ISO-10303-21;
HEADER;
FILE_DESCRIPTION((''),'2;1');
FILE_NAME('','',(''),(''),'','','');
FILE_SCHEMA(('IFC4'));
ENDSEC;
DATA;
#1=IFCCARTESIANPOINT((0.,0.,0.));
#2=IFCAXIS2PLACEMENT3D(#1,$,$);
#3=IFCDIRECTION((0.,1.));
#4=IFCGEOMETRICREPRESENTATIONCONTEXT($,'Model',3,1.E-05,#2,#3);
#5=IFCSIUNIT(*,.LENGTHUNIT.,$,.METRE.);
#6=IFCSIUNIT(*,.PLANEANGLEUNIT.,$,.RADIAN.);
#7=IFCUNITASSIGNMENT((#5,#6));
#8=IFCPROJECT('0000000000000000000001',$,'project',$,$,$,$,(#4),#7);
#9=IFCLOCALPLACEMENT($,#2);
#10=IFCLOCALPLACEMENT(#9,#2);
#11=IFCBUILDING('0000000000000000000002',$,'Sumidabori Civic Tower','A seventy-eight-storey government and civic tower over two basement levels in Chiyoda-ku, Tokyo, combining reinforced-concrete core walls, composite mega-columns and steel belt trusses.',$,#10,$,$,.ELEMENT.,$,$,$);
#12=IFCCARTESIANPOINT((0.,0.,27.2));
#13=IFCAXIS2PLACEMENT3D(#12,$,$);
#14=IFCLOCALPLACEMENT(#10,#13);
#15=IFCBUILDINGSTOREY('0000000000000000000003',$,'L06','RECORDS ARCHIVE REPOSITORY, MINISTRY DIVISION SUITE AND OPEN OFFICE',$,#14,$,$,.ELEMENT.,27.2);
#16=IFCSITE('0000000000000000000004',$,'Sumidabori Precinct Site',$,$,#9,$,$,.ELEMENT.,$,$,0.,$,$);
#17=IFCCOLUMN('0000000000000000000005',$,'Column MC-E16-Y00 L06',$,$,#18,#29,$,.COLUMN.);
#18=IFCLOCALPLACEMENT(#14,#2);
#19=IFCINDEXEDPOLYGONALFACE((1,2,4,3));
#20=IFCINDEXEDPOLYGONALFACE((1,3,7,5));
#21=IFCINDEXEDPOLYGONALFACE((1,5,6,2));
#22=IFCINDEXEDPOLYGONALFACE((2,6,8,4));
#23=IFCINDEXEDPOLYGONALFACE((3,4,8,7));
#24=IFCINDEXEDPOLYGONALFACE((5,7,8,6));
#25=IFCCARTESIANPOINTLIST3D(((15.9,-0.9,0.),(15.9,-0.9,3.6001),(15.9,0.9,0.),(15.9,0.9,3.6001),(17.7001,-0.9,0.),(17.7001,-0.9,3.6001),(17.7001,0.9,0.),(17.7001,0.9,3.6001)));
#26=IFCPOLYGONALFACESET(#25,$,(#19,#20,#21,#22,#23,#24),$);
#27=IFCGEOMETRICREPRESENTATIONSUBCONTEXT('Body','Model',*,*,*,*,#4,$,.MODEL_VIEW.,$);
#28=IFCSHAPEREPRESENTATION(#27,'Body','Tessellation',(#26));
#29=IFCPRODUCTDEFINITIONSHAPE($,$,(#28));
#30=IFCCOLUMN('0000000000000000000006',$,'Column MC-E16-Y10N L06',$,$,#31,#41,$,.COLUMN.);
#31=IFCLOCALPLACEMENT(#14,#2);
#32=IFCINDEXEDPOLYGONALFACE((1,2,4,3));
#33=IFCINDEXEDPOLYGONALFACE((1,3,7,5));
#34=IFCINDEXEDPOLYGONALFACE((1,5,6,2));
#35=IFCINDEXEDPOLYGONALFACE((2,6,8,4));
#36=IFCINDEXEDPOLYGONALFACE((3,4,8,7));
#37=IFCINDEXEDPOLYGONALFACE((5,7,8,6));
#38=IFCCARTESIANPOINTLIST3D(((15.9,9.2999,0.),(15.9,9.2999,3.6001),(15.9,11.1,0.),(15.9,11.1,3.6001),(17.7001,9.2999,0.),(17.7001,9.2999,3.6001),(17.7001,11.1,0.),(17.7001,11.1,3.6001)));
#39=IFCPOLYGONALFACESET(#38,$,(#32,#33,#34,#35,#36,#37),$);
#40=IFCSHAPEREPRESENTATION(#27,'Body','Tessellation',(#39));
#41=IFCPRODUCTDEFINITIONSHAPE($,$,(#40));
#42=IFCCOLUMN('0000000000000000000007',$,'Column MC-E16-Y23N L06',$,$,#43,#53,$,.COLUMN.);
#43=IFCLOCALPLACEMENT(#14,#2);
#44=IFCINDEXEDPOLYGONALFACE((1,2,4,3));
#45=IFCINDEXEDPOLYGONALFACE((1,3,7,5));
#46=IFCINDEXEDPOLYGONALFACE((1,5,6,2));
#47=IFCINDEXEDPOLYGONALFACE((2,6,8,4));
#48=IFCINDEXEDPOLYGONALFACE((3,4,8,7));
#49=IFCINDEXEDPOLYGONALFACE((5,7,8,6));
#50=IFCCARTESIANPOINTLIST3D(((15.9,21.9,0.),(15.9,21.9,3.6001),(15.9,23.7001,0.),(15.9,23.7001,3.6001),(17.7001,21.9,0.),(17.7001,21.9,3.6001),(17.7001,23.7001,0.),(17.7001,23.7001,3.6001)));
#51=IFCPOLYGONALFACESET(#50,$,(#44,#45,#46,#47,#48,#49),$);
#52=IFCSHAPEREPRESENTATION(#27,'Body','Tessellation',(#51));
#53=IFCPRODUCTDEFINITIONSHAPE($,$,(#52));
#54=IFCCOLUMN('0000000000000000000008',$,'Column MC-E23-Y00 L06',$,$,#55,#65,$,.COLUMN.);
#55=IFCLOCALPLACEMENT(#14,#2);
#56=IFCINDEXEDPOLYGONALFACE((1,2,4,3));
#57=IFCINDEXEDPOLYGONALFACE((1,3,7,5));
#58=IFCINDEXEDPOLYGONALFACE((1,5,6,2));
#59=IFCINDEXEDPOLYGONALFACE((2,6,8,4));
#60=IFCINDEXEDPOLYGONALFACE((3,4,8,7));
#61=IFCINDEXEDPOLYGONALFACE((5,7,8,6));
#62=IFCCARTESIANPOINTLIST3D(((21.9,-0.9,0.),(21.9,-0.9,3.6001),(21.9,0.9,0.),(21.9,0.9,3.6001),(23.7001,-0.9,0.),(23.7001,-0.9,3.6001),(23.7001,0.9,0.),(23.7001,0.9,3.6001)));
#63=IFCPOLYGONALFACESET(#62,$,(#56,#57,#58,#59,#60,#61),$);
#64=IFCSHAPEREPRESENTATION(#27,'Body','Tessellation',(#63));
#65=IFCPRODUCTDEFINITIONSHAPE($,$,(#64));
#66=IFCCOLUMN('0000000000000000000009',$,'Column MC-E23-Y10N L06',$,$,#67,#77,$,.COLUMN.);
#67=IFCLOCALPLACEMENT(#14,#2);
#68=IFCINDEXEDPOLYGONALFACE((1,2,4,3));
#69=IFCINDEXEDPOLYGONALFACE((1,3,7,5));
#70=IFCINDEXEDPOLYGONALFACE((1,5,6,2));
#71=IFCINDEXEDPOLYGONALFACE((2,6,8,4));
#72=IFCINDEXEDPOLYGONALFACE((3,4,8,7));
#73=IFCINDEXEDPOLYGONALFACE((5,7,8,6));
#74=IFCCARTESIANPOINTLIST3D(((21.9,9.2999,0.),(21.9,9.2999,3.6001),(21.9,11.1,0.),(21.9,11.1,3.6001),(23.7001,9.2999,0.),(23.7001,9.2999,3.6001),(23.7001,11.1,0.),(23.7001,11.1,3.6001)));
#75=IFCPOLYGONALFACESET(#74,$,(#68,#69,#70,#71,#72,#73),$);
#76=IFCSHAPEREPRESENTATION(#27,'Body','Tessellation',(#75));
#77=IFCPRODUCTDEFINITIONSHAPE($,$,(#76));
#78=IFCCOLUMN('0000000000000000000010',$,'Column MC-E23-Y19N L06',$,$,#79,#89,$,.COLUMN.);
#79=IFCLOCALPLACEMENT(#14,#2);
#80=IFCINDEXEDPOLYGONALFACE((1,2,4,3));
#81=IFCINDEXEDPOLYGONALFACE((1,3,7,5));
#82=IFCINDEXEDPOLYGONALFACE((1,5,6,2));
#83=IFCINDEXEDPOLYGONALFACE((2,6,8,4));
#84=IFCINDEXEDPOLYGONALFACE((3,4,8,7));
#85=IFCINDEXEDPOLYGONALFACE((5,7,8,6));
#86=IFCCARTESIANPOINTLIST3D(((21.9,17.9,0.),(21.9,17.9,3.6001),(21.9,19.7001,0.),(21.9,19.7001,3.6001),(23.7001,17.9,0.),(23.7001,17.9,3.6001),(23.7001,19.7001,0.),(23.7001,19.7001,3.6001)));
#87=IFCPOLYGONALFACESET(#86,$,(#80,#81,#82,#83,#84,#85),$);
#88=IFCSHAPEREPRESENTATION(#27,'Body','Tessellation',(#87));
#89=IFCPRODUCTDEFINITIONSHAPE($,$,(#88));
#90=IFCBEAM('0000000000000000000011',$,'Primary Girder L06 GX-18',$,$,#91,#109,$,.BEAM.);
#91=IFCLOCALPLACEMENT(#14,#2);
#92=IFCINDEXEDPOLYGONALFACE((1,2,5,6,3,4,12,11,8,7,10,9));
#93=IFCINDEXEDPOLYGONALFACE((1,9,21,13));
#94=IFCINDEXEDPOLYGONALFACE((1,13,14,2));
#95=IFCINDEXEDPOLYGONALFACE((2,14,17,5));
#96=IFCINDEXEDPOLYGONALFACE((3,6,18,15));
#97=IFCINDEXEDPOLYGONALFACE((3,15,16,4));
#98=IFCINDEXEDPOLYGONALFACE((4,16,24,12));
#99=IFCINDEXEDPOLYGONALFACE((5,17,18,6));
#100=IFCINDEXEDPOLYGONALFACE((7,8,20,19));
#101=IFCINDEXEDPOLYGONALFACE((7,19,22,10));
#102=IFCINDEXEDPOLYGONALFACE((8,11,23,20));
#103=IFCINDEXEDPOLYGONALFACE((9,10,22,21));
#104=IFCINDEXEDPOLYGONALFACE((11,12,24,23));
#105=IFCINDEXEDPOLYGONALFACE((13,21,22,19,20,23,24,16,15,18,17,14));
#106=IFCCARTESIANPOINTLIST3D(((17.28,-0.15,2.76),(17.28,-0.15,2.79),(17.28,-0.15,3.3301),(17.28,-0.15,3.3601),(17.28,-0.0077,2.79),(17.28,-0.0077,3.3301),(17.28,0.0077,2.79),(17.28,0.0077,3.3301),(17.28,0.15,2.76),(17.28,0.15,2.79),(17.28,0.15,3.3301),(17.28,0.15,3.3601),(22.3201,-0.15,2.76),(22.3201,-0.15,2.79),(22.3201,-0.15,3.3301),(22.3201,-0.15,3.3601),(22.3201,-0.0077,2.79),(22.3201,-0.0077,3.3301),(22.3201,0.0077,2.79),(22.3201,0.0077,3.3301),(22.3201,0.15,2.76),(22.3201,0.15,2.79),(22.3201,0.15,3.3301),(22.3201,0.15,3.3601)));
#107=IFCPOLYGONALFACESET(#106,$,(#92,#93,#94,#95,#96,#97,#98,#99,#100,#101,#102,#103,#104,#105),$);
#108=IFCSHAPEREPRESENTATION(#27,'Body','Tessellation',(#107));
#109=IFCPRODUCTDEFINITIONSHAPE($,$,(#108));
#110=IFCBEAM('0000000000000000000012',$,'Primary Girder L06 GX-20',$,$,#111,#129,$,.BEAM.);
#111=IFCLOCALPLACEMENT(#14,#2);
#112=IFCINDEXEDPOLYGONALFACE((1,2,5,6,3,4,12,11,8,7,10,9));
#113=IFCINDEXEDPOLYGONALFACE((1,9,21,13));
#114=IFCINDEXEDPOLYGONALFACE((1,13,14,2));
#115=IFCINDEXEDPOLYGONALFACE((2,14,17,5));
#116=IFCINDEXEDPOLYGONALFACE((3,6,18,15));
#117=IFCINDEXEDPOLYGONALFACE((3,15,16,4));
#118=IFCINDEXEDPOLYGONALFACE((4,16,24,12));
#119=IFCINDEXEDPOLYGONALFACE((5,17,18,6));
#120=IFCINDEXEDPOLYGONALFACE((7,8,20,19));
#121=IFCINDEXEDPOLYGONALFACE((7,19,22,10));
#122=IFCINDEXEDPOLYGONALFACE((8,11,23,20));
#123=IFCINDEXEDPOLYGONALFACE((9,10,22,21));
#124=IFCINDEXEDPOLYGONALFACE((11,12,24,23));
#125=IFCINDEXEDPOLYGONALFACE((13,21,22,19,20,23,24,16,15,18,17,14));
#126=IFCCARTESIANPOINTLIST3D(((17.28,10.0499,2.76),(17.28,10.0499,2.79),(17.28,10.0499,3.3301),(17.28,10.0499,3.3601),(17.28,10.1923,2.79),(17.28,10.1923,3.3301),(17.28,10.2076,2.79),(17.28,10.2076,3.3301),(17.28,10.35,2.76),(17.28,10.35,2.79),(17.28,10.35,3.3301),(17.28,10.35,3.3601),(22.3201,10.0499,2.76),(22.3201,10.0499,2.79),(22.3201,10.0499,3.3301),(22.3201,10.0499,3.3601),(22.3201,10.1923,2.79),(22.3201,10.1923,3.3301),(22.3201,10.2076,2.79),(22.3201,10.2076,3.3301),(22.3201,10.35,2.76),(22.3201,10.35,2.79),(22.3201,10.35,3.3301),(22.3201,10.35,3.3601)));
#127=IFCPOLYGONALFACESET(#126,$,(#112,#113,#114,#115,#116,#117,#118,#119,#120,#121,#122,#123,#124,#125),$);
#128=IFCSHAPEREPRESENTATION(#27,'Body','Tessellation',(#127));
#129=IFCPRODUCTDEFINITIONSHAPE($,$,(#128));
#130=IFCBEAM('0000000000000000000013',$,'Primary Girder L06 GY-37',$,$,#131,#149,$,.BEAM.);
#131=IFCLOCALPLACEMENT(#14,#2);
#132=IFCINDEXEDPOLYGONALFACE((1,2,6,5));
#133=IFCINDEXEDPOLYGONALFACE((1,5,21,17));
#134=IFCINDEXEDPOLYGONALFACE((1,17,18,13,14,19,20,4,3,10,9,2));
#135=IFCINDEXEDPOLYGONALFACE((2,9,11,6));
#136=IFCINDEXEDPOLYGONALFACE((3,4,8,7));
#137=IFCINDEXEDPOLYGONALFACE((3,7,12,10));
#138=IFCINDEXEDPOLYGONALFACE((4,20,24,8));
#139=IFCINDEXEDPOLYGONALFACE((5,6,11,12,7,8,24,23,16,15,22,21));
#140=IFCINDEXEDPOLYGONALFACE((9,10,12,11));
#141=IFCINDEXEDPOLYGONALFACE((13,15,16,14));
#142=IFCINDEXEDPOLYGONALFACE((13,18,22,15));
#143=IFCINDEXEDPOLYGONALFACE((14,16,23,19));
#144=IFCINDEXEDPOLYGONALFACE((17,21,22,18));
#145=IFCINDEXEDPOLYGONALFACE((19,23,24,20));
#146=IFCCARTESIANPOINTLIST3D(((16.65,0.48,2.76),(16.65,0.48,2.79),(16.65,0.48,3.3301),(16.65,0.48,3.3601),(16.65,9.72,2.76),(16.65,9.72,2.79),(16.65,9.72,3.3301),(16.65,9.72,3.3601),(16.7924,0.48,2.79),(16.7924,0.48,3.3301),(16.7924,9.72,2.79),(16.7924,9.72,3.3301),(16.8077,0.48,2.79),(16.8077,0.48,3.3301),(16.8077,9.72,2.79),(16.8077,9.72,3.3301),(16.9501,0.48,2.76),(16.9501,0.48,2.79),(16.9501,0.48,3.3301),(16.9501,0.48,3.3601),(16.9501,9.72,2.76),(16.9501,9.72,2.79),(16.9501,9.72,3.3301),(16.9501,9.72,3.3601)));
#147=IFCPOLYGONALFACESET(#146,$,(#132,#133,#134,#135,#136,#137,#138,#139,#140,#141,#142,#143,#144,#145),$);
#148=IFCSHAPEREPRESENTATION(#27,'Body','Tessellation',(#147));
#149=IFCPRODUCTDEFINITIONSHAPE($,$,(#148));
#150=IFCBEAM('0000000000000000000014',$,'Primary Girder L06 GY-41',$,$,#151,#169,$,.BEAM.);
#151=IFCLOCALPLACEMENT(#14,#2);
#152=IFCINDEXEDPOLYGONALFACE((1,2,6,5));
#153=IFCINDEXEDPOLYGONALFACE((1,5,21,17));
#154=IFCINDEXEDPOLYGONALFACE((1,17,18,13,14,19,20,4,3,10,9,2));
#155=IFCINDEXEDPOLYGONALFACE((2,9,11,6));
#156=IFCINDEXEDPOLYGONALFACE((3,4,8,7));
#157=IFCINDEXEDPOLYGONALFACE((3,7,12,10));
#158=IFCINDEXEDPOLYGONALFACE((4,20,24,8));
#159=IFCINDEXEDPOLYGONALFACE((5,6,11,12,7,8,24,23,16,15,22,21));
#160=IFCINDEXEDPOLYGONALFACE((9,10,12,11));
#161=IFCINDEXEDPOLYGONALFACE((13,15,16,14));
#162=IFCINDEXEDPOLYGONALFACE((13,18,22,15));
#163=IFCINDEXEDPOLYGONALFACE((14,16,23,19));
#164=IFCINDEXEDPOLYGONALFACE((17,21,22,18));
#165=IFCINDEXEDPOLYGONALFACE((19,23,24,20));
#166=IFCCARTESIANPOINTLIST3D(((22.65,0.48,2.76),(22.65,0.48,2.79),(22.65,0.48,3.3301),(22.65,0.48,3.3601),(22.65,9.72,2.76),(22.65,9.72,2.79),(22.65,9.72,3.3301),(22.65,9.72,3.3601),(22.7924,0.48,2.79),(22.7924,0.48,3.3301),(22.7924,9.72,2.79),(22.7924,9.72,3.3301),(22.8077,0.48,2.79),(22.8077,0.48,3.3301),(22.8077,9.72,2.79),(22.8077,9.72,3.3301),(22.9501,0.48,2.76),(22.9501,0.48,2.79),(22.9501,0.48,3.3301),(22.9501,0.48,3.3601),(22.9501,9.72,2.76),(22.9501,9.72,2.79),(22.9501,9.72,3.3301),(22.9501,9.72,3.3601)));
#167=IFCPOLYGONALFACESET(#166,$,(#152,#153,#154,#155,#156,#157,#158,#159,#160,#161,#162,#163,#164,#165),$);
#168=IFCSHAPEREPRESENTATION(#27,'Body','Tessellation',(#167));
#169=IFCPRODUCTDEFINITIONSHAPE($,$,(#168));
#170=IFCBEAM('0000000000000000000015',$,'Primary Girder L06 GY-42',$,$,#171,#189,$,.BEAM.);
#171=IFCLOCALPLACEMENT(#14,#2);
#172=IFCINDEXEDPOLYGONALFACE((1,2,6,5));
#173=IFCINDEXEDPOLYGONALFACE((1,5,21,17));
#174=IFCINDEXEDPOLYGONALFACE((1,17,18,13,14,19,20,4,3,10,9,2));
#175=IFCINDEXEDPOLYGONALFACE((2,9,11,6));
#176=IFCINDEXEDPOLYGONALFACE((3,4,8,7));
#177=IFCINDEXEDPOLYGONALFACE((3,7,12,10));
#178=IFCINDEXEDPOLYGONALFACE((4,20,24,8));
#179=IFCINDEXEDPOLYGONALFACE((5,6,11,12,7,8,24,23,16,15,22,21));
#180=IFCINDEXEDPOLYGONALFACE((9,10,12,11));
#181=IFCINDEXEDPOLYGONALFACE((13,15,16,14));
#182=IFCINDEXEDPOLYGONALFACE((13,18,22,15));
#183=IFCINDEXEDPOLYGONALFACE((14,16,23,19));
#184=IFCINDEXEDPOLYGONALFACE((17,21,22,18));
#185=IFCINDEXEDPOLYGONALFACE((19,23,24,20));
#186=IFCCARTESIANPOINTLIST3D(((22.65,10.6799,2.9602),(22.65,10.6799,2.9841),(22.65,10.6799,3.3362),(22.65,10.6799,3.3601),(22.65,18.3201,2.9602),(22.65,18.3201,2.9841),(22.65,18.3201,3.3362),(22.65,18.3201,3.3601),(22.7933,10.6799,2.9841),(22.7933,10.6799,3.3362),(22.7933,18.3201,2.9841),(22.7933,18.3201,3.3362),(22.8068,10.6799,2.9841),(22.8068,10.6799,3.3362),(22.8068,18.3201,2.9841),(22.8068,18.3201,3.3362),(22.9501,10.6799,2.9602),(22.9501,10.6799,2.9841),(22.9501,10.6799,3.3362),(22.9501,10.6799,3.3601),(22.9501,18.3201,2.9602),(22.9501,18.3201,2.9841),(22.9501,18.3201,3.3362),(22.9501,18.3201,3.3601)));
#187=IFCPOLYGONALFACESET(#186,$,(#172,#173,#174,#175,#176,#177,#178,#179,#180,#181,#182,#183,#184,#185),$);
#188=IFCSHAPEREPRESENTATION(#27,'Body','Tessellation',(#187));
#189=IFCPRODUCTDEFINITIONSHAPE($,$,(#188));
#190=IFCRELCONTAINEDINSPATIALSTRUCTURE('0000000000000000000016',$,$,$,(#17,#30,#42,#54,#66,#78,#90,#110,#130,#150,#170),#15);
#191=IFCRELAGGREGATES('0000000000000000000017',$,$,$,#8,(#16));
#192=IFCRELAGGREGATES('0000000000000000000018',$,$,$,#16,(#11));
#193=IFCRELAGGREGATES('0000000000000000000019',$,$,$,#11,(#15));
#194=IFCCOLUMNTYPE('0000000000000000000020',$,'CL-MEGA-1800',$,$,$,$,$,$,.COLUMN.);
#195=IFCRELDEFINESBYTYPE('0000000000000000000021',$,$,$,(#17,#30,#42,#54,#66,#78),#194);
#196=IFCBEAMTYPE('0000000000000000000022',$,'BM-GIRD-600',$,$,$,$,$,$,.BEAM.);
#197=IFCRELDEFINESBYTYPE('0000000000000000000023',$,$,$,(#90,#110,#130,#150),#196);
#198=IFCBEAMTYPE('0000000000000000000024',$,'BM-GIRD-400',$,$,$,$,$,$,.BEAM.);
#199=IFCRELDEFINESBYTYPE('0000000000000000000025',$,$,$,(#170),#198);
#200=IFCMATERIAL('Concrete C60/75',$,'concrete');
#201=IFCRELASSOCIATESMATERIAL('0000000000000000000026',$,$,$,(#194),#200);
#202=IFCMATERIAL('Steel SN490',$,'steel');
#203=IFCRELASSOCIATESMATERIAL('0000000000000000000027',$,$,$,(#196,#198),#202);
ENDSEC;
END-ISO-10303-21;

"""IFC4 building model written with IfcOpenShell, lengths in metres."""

from ifc_helpers import new_model, si_unit, direction, frame, origin, origin_2d, place, context, subcontext, project, spatial, rectangle, i_section, extrude, source, transform, mapped, material, material_profile, profile_set, type_object, element, save


model = new_model("IFC4")

# Units and contexts
model_context = context("Model", 3, precision=1e-05, world=origin(), true_north=direction((0.0, 1.0)))
body_context = subcontext(model_context, "Body", "Model", "MODEL_VIEW")
ifc_project = project(units=[si_unit("LENGTHUNIT", "METRE"), si_unit("PLANEANGLEUNIT", "RADIAN")], contexts=[model_context])

# Site, building, storey
site_placement = place(None, origin())
site = spatial("IfcSite", under=ifc_project, at=site_placement, Name="Sumidabori Precinct Site", CompositionType="ELEMENT", RefElevation=0.0)
building_placement = place(site_placement, origin())
building = spatial("IfcBuilding", under=site, at=building_placement, Name="Sumidabori Civic Tower", Description="A seventy-eight-storey government and civic tower over two basement levels in Chiyoda-ku, Tokyo, combining reinforced-concrete core walls, composite mega-columns and steel belt trusses.", CompositionType="ELEMENT")
storey_placement = place(building_placement, frame((0.0, 0.0, 27.2)))
storey = spatial("IfcBuildingStorey", under=building, at=storey_placement, Name="L06", Description="RECORDS ARCHIVE REPOSITORY, MINISTRY DIVISION SUITE AND OPEN OFFICE", CompositionType="ELEMENT", Elevation=27.2)

# Columns
ifc_material_1 = material(Name="Concrete C60/75", Category="concrete")
ifc_material_profile_1 = material_profile(ifc_material_1, rectangle(XDim=1.8, YDim=1.8, at=origin_2d()), Name="RC 1800x1800")
ifc_profile_set_1 = profile_set([ifc_material_profile_1], Name="Concrete C60/75")
column_type = type_object("IfcColumnType", Name="CL-MEGA-1800", PredefinedType="COLUMN", material=ifc_profile_set_1)
shared_shape_1 = source(origin(), body_context, "Body", "SweptSolid", [
    extrude(rectangle(XDim=1.8, YDim=1.8, at=origin_2d()), origin(), (0.0, 0.0, 1.0), 3.6001),
])
for number, where, z_axis, x_axis, name in (
    (1, (16.8, 0.0, 0.0), (0.0, 0.0, 1.0), (1.0, 0.0, 0.0), "Column MC-E16-Y00 L06"),
    (2, (16.8, 10.2, 0.0), (0.0, 0.0, 1.0), (1.0, 0.0, 0.0), "Column MC-E16-Y10N L06"),
    (3, (16.8, 22.8, 0.0), (0.0, 0.0, 1.0), (1.0, 0.0, 0.0), "Column MC-E16-Y23N L06"),
    (4, (22.8, 0.0, 0.0), (0.0, 0.0, 1.0), (1.0, 0.0, 0.0), "Column MC-E23-Y00 L06"),
    (5, (22.8, 10.2, 0.0), (0.0, 0.0, 1.0), (1.0, 0.0, 0.0), "Column MC-E23-Y10N L06"),
    (6, (22.8, 18.8, 0.0), (0.0, 0.0, 1.0), (1.0, 0.0, 0.0), "Column MC-E23-Y19N L06"),
):
    element("IfcColumn", number, at=place(storey_placement, frame(where, z_axis=z_axis, x_axis=x_axis)), inside=storey, type_object=column_type, Name=name, PredefinedType="COLUMN", context=body_context, shape_type="MappedRepresentation", body=[
        mapped(shared_shape_1, transform((0.0, 0.0, 0.0), x_axis=(1.0, 0.0, 0.0), y_axis=(0.0, 1.0, 0.0), z_axis=(0.0, 0.0, 1.0), scale=1.0)),
    ])

# Beams
ifc_material_2 = material(Name="Steel SN490", Category="steel")
ifc_material_profile_2 = material_profile(ifc_material_2, i_section(OverallWidth=0.3, OverallDepth=0.6001, WebThickness=0.0154, FlangeThickness=0.03, at=origin_2d()), Name="HE 600 B")
ifc_profile_set_2 = profile_set([ifc_material_profile_2], Name="Steel SN490")
beam_type_1 = type_object("IfcBeamType", Name="BM-GIRD-600", PredefinedType="BEAM", material=ifc_profile_set_2)
shared_shape_2 = source(origin(), body_context, "Body", "SweptSolid", [
    extrude(i_section(OverallWidth=0.3, OverallDepth=0.6001, WebThickness=0.0154, FlangeThickness=0.03, at=origin_2d()), origin(), (0.0, 0.0, 1.0), 5.04),
])
for number, where, z_axis, x_axis, name in (
    (7, (17.28, 0.0, 3.0601), (1.0, 0.0, 0.0), (0.0, 1.0, 0.0), "Primary Girder L06 GX-18"),
    (8, (17.28, 10.2, 3.0601), (1.0, 0.0, 0.0), (0.0, 1.0, 0.0), "Primary Girder L06 GX-20"),
):
    element("IfcBeam", number, at=place(storey_placement, frame(where, z_axis=z_axis, x_axis=x_axis)), inside=storey, type_object=beam_type_1, Name=name, PredefinedType="BEAM", context=body_context, shape_type="MappedRepresentation", body=[
        mapped(shared_shape_2, transform((0.0, 0.0, 0.0), x_axis=(1.0, 0.0, 0.0), y_axis=(0.0, 1.0, 0.0), z_axis=(0.0, 0.0, 1.0), scale=1.0)),
    ])
shared_shape_3 = source(origin(), body_context, "Body", "SweptSolid", [
    extrude(i_section(OverallWidth=0.3, OverallDepth=0.6001, WebThickness=0.0154, FlangeThickness=0.03, at=origin_2d()), origin(), (0.0, 0.0, 1.0), 9.24),
])
for number, where, z_axis, x_axis, name in (
    (9, (16.8, 0.48, 3.0601), (0.0, 1.0, 0.0), (-1.0, 0.0, 0.0), "Primary Girder L06 GY-37"),
    (10, (22.8, 0.48, 3.0601), (0.0, 1.0, 0.0), (-1.0, 0.0, 0.0), "Primary Girder L06 GY-41"),
):
    element("IfcBeam", number, at=place(storey_placement, frame(where, z_axis=z_axis, x_axis=x_axis)), inside=storey, type_object=beam_type_1, Name=name, PredefinedType="BEAM", context=body_context, shape_type="MappedRepresentation", body=[
        mapped(shared_shape_3, transform((0.0, 0.0, 0.0), x_axis=(1.0, 0.0, 0.0), y_axis=(0.0, 1.0, 0.0), z_axis=(0.0, 0.0, 1.0), scale=1.0)),
    ])
ifc_material_profile_3 = material_profile(ifc_material_2, i_section(OverallWidth=0.3, OverallDepth=0.3999, WebThickness=0.0134, FlangeThickness=0.0239, at=origin_2d()), Name="HE 400 B")
ifc_profile_set_3 = profile_set([ifc_material_profile_3], Name="Steel SN490")
beam_type_2 = type_object("IfcBeamType", Name="BM-GIRD-400", PredefinedType="BEAM", material=ifc_profile_set_3)
shared_shape_4 = source(origin(), body_context, "Body", "SweptSolid", [
    extrude(i_section(OverallWidth=0.3, OverallDepth=0.3999, WebThickness=0.0134, FlangeThickness=0.0239, at=origin_2d()), origin(), (0.0, 0.0, 1.0), 7.6401),
])
beam_1_placement = place(storey_placement, frame((22.8, 10.6799, 3.1602), z_axis=(0.0, 1.0, 0.0), x_axis=(-1.0, 0.0, 0.0)))
element("IfcBeam", 11, at=beam_1_placement, inside=storey, type_object=beam_type_2, Name="Primary Girder L06 GY-42", PredefinedType="BEAM", context=body_context, shape_type="MappedRepresentation", body=[
    mapped(shared_shape_4, transform((0.0, 0.0, 0.0), x_axis=(1.0, 0.0, 0.0), y_axis=(0.0, 1.0, 0.0), z_axis=(0.0, 0.0, 1.0), scale=1.0)),
])

save(model, "model.ifc")
